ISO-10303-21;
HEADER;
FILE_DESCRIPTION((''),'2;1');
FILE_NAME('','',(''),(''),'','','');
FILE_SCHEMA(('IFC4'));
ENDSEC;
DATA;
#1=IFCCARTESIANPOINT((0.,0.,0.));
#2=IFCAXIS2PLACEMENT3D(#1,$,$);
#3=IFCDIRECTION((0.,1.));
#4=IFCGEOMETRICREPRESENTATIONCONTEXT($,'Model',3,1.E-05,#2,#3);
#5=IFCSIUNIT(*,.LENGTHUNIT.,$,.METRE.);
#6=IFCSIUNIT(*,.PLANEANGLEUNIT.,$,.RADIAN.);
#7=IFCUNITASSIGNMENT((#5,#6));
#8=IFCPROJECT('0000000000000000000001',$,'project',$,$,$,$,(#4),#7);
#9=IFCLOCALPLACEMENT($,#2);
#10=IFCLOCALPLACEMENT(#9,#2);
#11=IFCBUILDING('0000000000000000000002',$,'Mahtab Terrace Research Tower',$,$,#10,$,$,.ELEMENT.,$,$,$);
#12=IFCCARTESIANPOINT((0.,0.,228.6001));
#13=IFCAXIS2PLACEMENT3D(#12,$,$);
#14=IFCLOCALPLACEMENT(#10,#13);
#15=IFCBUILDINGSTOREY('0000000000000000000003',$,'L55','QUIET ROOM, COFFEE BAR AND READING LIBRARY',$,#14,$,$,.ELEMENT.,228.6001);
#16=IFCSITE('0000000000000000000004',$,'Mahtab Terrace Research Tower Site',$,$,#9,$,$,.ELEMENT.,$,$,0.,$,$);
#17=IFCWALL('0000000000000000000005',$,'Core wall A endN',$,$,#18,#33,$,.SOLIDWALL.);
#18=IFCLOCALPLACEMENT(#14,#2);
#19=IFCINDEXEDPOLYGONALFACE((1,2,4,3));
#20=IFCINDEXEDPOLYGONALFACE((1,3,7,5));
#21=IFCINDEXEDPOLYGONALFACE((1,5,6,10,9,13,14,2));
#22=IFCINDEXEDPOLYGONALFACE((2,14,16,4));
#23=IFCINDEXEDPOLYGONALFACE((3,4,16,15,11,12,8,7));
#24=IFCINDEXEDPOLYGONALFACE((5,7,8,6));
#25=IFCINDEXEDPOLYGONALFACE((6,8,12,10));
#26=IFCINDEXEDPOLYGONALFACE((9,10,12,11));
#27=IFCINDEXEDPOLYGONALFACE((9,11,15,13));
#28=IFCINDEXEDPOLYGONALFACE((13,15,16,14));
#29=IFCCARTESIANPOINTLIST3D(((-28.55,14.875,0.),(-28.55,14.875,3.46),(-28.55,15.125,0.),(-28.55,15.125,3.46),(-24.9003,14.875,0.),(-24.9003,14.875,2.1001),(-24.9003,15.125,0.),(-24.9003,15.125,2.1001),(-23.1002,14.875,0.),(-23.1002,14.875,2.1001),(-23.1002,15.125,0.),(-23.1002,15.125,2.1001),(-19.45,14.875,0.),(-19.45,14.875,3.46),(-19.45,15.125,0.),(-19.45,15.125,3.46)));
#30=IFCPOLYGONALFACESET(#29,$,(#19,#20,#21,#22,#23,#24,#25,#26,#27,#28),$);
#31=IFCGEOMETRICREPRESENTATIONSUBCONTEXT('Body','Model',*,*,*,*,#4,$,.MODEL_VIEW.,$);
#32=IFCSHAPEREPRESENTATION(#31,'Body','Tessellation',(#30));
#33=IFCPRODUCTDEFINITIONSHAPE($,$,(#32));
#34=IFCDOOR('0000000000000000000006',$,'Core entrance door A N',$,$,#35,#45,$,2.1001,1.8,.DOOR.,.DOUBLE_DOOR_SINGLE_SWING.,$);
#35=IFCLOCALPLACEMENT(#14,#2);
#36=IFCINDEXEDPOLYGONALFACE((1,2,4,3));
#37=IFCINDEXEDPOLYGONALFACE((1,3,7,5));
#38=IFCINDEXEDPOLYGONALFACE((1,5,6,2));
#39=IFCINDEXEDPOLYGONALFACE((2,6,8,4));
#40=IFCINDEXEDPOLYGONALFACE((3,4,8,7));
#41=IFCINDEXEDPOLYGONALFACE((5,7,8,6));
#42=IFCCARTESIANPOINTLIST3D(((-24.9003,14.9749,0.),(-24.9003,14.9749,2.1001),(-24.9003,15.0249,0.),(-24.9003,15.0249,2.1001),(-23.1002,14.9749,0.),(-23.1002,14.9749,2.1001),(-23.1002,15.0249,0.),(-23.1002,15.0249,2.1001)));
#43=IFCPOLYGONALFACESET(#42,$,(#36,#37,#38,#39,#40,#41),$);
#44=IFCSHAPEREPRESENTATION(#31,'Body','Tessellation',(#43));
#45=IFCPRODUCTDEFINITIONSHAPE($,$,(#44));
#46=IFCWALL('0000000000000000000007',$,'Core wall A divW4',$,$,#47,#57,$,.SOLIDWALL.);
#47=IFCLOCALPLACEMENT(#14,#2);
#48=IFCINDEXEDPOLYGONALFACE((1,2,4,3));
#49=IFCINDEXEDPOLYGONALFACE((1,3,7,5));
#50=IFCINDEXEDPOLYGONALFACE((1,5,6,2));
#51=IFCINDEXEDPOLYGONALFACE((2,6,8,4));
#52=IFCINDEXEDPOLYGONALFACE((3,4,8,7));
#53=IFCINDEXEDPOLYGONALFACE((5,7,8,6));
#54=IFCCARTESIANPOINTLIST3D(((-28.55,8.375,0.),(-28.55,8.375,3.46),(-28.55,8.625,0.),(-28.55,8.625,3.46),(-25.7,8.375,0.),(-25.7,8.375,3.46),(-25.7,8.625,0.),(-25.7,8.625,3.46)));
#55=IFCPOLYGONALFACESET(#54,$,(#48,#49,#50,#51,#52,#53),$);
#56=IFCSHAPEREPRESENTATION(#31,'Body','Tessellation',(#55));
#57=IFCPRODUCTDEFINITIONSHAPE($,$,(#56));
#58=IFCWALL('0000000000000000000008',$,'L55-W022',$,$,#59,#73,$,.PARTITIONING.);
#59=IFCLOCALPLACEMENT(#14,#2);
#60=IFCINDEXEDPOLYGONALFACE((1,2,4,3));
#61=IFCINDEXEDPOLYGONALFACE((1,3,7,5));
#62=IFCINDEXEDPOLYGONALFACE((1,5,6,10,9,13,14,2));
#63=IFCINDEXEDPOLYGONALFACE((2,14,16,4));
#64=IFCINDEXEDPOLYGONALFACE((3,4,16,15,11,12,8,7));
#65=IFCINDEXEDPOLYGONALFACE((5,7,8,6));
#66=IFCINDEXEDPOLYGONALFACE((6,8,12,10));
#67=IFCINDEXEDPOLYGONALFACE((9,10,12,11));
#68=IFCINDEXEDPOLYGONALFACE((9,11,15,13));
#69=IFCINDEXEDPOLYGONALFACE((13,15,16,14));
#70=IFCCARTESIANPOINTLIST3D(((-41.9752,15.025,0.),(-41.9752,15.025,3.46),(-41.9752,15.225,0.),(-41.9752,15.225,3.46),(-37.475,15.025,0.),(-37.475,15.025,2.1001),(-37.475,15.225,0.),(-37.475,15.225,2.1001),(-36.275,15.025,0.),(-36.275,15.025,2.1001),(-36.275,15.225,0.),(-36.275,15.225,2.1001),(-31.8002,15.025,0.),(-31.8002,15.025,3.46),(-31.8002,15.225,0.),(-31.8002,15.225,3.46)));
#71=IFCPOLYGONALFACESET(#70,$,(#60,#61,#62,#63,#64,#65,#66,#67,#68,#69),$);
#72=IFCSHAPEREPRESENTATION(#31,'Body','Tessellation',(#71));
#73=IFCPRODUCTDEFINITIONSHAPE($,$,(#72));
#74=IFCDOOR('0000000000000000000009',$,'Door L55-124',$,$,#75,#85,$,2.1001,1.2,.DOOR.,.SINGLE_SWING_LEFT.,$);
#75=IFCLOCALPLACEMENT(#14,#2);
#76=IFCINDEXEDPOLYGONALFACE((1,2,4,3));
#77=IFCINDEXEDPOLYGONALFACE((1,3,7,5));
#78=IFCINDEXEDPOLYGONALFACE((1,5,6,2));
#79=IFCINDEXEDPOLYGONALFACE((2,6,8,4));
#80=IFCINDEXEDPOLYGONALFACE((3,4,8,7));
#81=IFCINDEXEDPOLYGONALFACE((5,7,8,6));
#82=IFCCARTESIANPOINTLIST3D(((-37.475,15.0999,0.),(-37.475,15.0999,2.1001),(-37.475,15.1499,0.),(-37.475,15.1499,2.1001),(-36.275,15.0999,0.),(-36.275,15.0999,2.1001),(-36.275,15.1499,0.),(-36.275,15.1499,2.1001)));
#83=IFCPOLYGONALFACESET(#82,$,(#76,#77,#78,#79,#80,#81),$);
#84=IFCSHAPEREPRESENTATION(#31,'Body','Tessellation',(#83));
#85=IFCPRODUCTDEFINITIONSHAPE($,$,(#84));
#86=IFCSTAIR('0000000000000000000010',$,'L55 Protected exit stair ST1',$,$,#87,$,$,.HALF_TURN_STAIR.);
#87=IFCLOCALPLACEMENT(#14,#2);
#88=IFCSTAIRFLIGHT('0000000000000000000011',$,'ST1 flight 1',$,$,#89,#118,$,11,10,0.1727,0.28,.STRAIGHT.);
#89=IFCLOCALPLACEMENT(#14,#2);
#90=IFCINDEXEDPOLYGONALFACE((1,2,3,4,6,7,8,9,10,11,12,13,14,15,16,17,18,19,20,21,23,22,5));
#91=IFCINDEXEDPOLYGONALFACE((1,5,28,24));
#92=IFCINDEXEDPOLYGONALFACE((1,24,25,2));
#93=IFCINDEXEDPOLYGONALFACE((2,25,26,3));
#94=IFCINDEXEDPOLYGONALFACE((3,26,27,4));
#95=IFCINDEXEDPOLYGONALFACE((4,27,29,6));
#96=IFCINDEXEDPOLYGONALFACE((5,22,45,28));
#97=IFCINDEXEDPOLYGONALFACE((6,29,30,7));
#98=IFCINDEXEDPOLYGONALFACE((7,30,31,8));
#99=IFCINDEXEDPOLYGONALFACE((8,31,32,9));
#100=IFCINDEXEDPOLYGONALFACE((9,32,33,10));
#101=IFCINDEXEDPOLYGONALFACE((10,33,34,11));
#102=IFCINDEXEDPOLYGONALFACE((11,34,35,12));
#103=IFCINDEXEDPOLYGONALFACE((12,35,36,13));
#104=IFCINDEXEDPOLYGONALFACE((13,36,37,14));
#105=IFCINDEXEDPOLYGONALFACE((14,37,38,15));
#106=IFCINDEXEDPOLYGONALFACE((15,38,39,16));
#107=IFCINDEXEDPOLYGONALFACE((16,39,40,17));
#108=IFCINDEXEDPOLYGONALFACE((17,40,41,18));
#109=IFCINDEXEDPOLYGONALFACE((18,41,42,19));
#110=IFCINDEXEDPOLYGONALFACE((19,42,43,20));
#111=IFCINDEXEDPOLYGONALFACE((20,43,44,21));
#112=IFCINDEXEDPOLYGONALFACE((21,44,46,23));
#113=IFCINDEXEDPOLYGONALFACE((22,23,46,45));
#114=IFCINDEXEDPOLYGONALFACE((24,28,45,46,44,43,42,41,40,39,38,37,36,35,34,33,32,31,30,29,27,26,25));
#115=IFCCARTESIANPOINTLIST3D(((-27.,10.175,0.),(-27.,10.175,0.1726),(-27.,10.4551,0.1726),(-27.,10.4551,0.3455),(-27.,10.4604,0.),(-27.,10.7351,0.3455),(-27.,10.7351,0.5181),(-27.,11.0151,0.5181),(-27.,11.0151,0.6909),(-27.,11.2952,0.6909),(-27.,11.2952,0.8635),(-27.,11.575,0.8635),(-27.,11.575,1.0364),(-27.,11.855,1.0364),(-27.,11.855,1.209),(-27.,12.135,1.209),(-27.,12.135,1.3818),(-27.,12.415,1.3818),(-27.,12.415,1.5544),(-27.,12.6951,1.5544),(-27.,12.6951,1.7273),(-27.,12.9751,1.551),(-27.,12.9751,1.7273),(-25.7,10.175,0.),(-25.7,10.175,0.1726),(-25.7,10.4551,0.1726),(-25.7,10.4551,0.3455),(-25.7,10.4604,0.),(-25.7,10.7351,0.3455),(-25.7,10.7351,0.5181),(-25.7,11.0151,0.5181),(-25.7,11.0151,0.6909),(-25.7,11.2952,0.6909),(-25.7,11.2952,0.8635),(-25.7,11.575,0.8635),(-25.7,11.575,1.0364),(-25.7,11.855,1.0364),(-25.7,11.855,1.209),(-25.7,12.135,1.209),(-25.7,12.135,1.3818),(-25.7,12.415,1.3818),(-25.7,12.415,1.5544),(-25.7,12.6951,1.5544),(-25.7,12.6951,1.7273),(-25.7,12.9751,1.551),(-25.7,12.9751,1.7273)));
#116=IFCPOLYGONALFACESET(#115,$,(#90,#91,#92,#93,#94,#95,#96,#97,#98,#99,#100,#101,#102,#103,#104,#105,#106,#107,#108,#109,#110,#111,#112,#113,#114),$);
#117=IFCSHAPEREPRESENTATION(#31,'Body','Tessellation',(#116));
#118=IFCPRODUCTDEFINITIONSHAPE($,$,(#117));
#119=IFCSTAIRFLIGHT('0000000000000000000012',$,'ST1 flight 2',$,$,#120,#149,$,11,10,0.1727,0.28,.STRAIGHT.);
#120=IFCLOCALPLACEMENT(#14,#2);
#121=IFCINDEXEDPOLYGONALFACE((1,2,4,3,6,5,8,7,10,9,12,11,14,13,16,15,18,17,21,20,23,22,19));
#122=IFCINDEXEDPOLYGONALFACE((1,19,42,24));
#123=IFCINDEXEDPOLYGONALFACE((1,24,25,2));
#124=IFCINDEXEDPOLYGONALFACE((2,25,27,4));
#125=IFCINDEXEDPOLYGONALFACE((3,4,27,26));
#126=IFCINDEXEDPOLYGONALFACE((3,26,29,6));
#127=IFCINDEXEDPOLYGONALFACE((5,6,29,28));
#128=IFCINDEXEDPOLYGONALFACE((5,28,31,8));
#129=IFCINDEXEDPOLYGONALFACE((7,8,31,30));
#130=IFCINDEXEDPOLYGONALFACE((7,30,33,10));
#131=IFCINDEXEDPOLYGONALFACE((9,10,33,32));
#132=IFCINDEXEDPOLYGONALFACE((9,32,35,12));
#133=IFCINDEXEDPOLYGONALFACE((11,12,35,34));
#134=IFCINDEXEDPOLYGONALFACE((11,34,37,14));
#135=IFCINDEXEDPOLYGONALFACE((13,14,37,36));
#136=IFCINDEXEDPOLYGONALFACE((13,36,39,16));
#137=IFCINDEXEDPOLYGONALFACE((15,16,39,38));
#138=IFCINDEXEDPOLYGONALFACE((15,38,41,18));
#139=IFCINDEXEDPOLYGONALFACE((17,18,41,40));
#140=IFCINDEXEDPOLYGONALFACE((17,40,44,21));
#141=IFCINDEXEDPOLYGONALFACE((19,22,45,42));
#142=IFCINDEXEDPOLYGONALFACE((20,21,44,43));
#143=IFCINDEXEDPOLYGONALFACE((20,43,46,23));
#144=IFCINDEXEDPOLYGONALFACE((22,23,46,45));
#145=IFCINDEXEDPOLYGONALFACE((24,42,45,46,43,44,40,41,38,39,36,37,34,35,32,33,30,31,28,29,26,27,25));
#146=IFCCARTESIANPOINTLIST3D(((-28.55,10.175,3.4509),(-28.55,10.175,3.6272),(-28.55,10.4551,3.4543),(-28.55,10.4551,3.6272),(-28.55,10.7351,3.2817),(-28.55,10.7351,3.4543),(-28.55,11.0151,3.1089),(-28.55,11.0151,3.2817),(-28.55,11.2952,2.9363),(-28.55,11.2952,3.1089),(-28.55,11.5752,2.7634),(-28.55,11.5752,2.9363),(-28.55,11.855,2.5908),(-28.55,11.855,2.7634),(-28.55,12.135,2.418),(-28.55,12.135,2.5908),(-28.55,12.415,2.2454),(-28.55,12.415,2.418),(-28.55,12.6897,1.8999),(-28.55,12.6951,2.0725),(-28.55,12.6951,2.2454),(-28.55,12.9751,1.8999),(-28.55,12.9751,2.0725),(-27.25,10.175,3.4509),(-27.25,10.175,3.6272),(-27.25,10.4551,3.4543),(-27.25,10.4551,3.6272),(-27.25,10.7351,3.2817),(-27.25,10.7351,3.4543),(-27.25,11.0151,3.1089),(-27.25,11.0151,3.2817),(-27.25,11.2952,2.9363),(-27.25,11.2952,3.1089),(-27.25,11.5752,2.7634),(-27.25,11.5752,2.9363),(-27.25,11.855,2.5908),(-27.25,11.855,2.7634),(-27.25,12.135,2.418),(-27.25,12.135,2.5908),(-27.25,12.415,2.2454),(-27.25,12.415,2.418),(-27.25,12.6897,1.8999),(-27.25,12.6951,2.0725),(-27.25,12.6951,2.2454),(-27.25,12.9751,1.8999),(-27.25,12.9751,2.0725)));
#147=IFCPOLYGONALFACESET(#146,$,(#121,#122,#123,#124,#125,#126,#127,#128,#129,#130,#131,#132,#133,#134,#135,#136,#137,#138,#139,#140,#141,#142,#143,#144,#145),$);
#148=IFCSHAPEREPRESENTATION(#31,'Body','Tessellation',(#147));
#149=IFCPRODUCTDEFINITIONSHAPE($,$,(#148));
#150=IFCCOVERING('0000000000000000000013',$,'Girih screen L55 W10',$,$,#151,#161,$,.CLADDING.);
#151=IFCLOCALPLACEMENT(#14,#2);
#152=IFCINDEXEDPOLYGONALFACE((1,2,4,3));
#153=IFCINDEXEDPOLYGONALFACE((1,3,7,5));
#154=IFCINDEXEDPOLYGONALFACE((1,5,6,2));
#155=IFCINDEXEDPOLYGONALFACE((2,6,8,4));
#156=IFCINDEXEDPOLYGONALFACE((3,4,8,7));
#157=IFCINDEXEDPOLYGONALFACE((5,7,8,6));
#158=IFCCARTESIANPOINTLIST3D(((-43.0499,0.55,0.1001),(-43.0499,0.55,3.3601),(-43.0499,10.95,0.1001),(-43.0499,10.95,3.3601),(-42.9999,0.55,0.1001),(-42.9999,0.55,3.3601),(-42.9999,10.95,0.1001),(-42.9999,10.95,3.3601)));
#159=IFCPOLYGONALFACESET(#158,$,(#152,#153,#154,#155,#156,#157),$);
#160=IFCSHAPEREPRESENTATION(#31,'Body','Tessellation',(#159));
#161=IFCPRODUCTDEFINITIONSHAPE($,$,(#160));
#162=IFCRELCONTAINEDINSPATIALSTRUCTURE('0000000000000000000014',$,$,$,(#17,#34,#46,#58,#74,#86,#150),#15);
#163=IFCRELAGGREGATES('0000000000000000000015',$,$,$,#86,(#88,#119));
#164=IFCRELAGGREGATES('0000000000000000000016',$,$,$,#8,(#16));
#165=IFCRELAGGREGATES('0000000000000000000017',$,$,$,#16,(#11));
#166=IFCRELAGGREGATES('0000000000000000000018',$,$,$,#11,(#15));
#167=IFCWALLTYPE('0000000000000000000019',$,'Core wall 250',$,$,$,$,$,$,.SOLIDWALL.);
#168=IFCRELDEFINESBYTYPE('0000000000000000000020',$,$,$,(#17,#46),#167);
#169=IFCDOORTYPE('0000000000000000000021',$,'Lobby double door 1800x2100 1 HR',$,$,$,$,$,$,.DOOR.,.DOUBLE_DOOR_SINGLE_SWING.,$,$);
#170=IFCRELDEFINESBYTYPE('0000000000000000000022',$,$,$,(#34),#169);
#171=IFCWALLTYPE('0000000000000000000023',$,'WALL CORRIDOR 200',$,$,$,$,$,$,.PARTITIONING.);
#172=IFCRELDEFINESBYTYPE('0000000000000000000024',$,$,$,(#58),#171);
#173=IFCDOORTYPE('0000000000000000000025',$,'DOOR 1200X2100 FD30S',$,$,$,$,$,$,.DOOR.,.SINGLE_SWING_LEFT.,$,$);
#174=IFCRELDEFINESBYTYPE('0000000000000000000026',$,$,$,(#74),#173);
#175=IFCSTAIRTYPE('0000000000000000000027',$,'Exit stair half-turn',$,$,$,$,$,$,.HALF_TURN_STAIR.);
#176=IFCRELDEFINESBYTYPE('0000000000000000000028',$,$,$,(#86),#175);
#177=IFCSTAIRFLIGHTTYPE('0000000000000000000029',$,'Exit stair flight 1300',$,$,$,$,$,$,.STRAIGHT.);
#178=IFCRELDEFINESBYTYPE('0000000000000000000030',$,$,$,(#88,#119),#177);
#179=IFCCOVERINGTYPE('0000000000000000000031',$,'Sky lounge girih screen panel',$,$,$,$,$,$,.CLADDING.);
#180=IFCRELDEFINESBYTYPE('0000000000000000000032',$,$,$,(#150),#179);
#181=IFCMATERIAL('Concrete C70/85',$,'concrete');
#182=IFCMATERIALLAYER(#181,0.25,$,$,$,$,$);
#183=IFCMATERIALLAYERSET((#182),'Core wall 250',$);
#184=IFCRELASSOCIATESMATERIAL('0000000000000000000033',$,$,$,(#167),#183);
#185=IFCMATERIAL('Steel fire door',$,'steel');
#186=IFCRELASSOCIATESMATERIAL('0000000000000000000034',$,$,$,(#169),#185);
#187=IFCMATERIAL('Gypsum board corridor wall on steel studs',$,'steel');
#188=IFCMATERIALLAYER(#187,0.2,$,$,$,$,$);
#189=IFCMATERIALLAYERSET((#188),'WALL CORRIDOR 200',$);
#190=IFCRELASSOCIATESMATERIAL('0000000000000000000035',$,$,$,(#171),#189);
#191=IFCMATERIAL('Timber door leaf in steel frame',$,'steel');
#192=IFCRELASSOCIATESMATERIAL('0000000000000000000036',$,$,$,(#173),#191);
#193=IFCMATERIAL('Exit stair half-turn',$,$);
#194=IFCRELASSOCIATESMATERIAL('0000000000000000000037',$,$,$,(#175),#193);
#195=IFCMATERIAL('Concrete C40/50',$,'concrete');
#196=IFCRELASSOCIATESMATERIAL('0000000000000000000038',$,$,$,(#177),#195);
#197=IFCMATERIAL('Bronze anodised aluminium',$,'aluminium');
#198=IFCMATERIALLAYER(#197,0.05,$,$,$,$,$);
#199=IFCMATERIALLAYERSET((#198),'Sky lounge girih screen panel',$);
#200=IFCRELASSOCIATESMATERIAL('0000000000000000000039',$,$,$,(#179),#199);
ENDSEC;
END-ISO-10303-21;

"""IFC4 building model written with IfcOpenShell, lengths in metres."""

from ifc_helpers import new_model, si_unit, direction, frame, frame_2d, origin, origin_2d, place, context, subcontext, project, spatial, polyline, rectangle, outline, extrude, material, layer, layer_set, type_object, element, fill, aggregate, save


model = new_model("IFC4")

# Units and contexts
model_context = context("Model", 3, precision=1e-05, world=origin(), true_north=direction((0.0, 1.0)))
body_context = subcontext(model_context, "Body", "Model", "MODEL_VIEW")
ifc_project = project(units=[si_unit("LENGTHUNIT", "METRE"), si_unit("PLANEANGLEUNIT", "RADIAN")], contexts=[model_context])

# Site, building, storey
site_placement = place(None, origin())
site = spatial("IfcSite", under=ifc_project, at=site_placement, Name="Mahtab Terrace Research Tower Site", CompositionType="ELEMENT", RefElevation=0.0)
building_placement = place(site_placement, origin())
building = spatial("IfcBuilding", under=site, at=building_placement, Name="Mahtab Terrace Research Tower", CompositionType="ELEMENT")
storey_placement = place(building_placement, frame((0.0, 0.0, 228.6001)))
storey = spatial("IfcBuildingStorey", under=building, at=storey_placement, Name="L55", Description="QUIET ROOM, COFFEE BAR AND READING LIBRARY", CompositionType="ELEMENT", Elevation=228.6001)

# Shared definitions
ifc_material_1 = material(Name="Concrete C70/85", Category="concrete")

# Shared definitions
ifc_layer_1 = layer(ifc_material_1, 0.25)
ifc_layer_set_1 = layer_set([ifc_layer_1], Name="Core wall 250")
wall_type_1 = type_object("IfcWallType", Name="Core wall 250", PredefinedType="SOLIDWALL", material=ifc_layer_set_1)

# Wall, opening, door
wall_1_placement = place(storey_placement, frame((-28.55, 15.0, 0.0), z_axis=(0.0, 0.0, 1.0), x_axis=(1.0, 0.0, 0.0)))
wall_1 = element("IfcWall", 1, at=wall_1_placement, inside=storey, type_object=wall_type_1, Name="Core wall A endN", PredefinedType="SOLIDWALL", context=body_context, shape_type="SweptSolid", body=[
    extrude(rectangle(XDim=9.1001, YDim=0.25, at=frame_2d((4.55, 0.0))), origin(), (0.0, 0.0, 1.0), 3.46),
])
opening_1_placement = place(wall_1_placement, frame((3.6499, 0.0, 0.0)))
opening_1 = element("IfcOpeningElement", 2, at=opening_1_placement, cuts=wall_1, PredefinedType="OPENING", context=body_context, shape_type="SweptSolid", body=[
    extrude(rectangle(XDim=1.8, YDim=2.1001, at=frame_2d((0.8999, 1.05))), frame((0.0, 0.135, 0.0), z_axis=(0.0, -1.0, 0.0), x_axis=(1.0, 0.0, 0.0)), (0.0, 0.0, 1.0), 0.27),
])
ifc_material_2 = material(Name="Steel fire door", Category="steel")
door_type_1 = type_object("IfcDoorType", Name="Lobby double door 1800x2100 1 HR", OperationType="DOUBLE_DOOR_SINGLE_SWING", PredefinedType="DOOR", material=ifc_material_2)
door_1_placement = place(opening_1_placement, origin())
door_1 = element("IfcDoor", 3, at=door_1_placement, inside=storey, type_object=door_type_1, Name="Core entrance door A N", OperationType="DOUBLE_DOOR_SINGLE_SWING", OverallHeight=2.1001, OverallWidth=1.8, PredefinedType="DOOR", context=body_context, shape_type="SweptSolid", body=[
    extrude(rectangle(XDim=1.8, YDim=2.1001, at=frame_2d((0.8999, 1.05))), frame((0.0, 0.0249, 0.0), z_axis=(0.0, -1.0, 0.0), x_axis=(1.0, 0.0, 0.0)), (0.0, 0.0, 1.0), 0.05),
])
fill(opening_1, door_1)

# Wall
wall_2_placement = place(storey_placement, frame((-28.55, 8.5, 0.0), z_axis=(0.0, 0.0, 1.0), x_axis=(1.0, 0.0, 0.0)))
element("IfcWall", 4, at=wall_2_placement, inside=storey, type_object=wall_type_1, Name="Core wall A divW4", PredefinedType="SOLIDWALL", context=body_context, shape_type="SweptSolid", body=[
    extrude(rectangle(XDim=2.8501, YDim=0.25, at=frame_2d((1.425, 0.0))), origin(), (0.0, 0.0, 1.0), 3.46),
])

# Wall, opening, door
ifc_material_3 = material(Name="Gypsum board corridor wall on steel studs", Category="steel")
ifc_layer_2 = layer(ifc_material_3, 0.2)
ifc_layer_set_2 = layer_set([ifc_layer_2], Name="WALL CORRIDOR 200")
wall_type_2 = type_object("IfcWallType", Name="WALL CORRIDOR 200", PredefinedType="PARTITIONING", material=ifc_layer_set_2)
wall_3_placement = place(storey_placement, frame((-41.9751, 15.125, 0.0), z_axis=(0.0, 0.0, 1.0), x_axis=(1.0, 0.0, 0.0)))
wall_3 = element("IfcWall", 5, at=wall_3_placement, inside=storey, type_object=wall_type_2, Name="L55-W022", PredefinedType="PARTITIONING", context=body_context, shape_type="SweptSolid", body=[
    extrude(rectangle(XDim=10.175, YDim=0.2, at=frame_2d((5.0874, 0.0))), origin(), (0.0, 0.0, 1.0), 3.46),
])
opening_2_placement = place(wall_3_placement, frame((4.5, 0.0, 0.0)))
opening_2 = element("IfcOpeningElement", 6, at=opening_2_placement, cuts=wall_3, PredefinedType="OPENING", context=body_context, shape_type="SweptSolid", body=[
    extrude(rectangle(XDim=1.2, YDim=2.1001, at=frame_2d((0.6001, 1.05))), frame((0.0, 0.1099, 0.0), z_axis=(0.0, -1.0, 0.0), x_axis=(1.0, 0.0, 0.0)), (0.0, 0.0, 1.0), 0.22),
])
ifc_material_4 = material(Name="Timber door leaf in steel frame", Category="steel")
door_type_2 = type_object("IfcDoorType", Name="DOOR 1200X2100 FD30S", OperationType="SINGLE_SWING_LEFT", PredefinedType="DOOR", material=ifc_material_4)
door_2_placement = place(opening_2_placement, origin())
door_2 = element("IfcDoor", 7, at=door_2_placement, inside=storey, type_object=door_type_2, Name="Door L55-124", OperationType="SINGLE_SWING_LEFT", OverallHeight=2.1001, OverallWidth=1.2, PredefinedType="DOOR", context=body_context, shape_type="SweptSolid", body=[
    extrude(rectangle(XDim=1.2, YDim=2.1001, at=frame_2d((0.6001, 1.05))), frame((0.0, 0.0249, 0.0), z_axis=(0.0, -1.0, 0.0), x_axis=(1.0, 0.0, 0.0)), (0.0, 0.0, 1.0), 0.05),
])
fill(opening_2, door_2)

# Stair, stair flights
ifc_material_5 = material(Name="Exit stair half-turn")
stair_type = type_object("IfcStairType", Name="Exit stair half-turn", PredefinedType="HALF_TURN_STAIR", material=ifc_material_5)
stair_placement = place(storey_placement, origin())
stair = element("IfcStair", 8, at=stair_placement, inside=storey, type_object=stair_type, Name="L55 Protected exit stair ST1", PredefinedType="HALF_TURN_STAIR")
ifc_material_6 = material(Name="Concrete C40/50", Category="concrete")
stair_flight_type = type_object("IfcStairFlightType", Name="Exit stair flight 1300", PredefinedType="STRAIGHT", material=ifc_material_6)
stair_flight_1_placement = place(storey_placement, frame((-26.3501, 10.175, 0.0), z_axis=(0.0, 0.0, 1.0), x_axis=(0.0, 1.0, 0.0)))
stair_flight_1 = element("IfcStairFlight", 9, at=stair_flight_1_placement, type_object=stair_flight_type, Name="ST1 flight 1", NumberOfRisers=11, NumberOfTreads=10, PredefinedType="STRAIGHT", RiserHeight=0.1727, TreadLength=0.28, context=body_context, shape_type="SweptSolid", body=[
    extrude(outline(polyline([(0.0, 0.0), (0.0, 0.1726), (0.28, 0.1726), (0.28, 0.3455), (0.5601, 0.3455), (0.5601, 0.5181), (0.8401, 0.5181), (0.8401, 0.6909), (1.1201, 0.6909), (1.1201, 0.8635), (1.3999, 0.8635), (1.3999, 1.0364), (1.6799, 1.0364), (1.6799, 1.209), (1.96, 1.209), (1.96, 1.3818), (2.24, 1.3818), (2.24, 1.5544), (2.52, 1.5544), (2.52, 1.7273), (2.8, 1.7273), (2.8, 1.8999), (2.8, 1.551), (0.2854, 0.0), (0.0, 0.0)])), frame((0.0, 0.6499, 0.0), z_axis=(0.0, -1.0, 0.0), x_axis=(1.0, 0.0, 0.0)), (0.0, 0.0, 1.0), 1.3),
])
stair_flight_2_placement = place(storey_placement, frame((-27.8999, 12.9751, 1.8999), z_axis=(0.0, 0.0, 1.0), x_axis=(0.0, -1.0, 0.0)))
stair_flight_2 = element("IfcStairFlight", 10, at=stair_flight_2_placement, type_object=stair_flight_type, Name="ST1 flight 2", NumberOfRisers=11, NumberOfTreads=10, PredefinedType="STRAIGHT", RiserHeight=0.1727, TreadLength=0.28, context=body_context, shape_type="SweptSolid", body=[
    extrude(outline(polyline([(0.0, 0.0), (0.0, 0.1726), (0.28, 0.1726), (0.28, 0.3455), (0.5601, 0.3455), (0.5601, 0.5181), (0.8401, 0.5181), (0.8401, 0.6909), (1.1201, 0.6909), (1.1201, 0.8635), (1.3999, 0.8635), (1.3999, 1.0364), (1.6799, 1.0364), (1.6799, 1.209), (1.96, 1.209), (1.96, 1.3818), (2.24, 1.3818), (2.24, 1.5544), (2.52, 1.5544), (2.52, 1.7273), (2.8, 1.7273), (2.8, 1.8999), (2.8, 1.551), (0.2854, 0.0), (0.0, 0.0)])), frame((0.0, 0.6499, 0.0), z_axis=(0.0, -1.0, 0.0), x_axis=(1.0, 0.0, 0.0)), (0.0, 0.0, 1.0), 1.3),
])
aggregate(stair, [stair_flight_1, stair_flight_2])

# Covering
ifc_material_7 = material(Name="Bronze anodised aluminium", Category="aluminium")
ifc_layer_3 = layer(ifc_material_7, 0.05)
ifc_layer_set_3 = layer_set([ifc_layer_3], Name="Sky lounge girih screen panel")
covering_type_1 = type_object("IfcCoveringType", Name="Sky lounge girih screen panel", PredefinedType="CLADDING", material=ifc_layer_set_3)
covering_placement = place(storey_placement, frame((-43.0249, 5.75, 0.1001), z_axis=(0.0, 0.0, 1.0), x_axis=(0.0, -1.0, 0.0)))
element("IfcCovering", 11, at=covering_placement, inside=storey, type_object=covering_type_1, Name="Girih screen L55 W10", PredefinedType="CLADDING", context=body_context, shape_type="SweptSolid", body=[
    extrude(rectangle(XDim=10.3999, YDim=0.05, at=origin_2d()), origin(), (0.0, 0.0, 1.0), 3.26),
])

save(model, "model.ifc")
